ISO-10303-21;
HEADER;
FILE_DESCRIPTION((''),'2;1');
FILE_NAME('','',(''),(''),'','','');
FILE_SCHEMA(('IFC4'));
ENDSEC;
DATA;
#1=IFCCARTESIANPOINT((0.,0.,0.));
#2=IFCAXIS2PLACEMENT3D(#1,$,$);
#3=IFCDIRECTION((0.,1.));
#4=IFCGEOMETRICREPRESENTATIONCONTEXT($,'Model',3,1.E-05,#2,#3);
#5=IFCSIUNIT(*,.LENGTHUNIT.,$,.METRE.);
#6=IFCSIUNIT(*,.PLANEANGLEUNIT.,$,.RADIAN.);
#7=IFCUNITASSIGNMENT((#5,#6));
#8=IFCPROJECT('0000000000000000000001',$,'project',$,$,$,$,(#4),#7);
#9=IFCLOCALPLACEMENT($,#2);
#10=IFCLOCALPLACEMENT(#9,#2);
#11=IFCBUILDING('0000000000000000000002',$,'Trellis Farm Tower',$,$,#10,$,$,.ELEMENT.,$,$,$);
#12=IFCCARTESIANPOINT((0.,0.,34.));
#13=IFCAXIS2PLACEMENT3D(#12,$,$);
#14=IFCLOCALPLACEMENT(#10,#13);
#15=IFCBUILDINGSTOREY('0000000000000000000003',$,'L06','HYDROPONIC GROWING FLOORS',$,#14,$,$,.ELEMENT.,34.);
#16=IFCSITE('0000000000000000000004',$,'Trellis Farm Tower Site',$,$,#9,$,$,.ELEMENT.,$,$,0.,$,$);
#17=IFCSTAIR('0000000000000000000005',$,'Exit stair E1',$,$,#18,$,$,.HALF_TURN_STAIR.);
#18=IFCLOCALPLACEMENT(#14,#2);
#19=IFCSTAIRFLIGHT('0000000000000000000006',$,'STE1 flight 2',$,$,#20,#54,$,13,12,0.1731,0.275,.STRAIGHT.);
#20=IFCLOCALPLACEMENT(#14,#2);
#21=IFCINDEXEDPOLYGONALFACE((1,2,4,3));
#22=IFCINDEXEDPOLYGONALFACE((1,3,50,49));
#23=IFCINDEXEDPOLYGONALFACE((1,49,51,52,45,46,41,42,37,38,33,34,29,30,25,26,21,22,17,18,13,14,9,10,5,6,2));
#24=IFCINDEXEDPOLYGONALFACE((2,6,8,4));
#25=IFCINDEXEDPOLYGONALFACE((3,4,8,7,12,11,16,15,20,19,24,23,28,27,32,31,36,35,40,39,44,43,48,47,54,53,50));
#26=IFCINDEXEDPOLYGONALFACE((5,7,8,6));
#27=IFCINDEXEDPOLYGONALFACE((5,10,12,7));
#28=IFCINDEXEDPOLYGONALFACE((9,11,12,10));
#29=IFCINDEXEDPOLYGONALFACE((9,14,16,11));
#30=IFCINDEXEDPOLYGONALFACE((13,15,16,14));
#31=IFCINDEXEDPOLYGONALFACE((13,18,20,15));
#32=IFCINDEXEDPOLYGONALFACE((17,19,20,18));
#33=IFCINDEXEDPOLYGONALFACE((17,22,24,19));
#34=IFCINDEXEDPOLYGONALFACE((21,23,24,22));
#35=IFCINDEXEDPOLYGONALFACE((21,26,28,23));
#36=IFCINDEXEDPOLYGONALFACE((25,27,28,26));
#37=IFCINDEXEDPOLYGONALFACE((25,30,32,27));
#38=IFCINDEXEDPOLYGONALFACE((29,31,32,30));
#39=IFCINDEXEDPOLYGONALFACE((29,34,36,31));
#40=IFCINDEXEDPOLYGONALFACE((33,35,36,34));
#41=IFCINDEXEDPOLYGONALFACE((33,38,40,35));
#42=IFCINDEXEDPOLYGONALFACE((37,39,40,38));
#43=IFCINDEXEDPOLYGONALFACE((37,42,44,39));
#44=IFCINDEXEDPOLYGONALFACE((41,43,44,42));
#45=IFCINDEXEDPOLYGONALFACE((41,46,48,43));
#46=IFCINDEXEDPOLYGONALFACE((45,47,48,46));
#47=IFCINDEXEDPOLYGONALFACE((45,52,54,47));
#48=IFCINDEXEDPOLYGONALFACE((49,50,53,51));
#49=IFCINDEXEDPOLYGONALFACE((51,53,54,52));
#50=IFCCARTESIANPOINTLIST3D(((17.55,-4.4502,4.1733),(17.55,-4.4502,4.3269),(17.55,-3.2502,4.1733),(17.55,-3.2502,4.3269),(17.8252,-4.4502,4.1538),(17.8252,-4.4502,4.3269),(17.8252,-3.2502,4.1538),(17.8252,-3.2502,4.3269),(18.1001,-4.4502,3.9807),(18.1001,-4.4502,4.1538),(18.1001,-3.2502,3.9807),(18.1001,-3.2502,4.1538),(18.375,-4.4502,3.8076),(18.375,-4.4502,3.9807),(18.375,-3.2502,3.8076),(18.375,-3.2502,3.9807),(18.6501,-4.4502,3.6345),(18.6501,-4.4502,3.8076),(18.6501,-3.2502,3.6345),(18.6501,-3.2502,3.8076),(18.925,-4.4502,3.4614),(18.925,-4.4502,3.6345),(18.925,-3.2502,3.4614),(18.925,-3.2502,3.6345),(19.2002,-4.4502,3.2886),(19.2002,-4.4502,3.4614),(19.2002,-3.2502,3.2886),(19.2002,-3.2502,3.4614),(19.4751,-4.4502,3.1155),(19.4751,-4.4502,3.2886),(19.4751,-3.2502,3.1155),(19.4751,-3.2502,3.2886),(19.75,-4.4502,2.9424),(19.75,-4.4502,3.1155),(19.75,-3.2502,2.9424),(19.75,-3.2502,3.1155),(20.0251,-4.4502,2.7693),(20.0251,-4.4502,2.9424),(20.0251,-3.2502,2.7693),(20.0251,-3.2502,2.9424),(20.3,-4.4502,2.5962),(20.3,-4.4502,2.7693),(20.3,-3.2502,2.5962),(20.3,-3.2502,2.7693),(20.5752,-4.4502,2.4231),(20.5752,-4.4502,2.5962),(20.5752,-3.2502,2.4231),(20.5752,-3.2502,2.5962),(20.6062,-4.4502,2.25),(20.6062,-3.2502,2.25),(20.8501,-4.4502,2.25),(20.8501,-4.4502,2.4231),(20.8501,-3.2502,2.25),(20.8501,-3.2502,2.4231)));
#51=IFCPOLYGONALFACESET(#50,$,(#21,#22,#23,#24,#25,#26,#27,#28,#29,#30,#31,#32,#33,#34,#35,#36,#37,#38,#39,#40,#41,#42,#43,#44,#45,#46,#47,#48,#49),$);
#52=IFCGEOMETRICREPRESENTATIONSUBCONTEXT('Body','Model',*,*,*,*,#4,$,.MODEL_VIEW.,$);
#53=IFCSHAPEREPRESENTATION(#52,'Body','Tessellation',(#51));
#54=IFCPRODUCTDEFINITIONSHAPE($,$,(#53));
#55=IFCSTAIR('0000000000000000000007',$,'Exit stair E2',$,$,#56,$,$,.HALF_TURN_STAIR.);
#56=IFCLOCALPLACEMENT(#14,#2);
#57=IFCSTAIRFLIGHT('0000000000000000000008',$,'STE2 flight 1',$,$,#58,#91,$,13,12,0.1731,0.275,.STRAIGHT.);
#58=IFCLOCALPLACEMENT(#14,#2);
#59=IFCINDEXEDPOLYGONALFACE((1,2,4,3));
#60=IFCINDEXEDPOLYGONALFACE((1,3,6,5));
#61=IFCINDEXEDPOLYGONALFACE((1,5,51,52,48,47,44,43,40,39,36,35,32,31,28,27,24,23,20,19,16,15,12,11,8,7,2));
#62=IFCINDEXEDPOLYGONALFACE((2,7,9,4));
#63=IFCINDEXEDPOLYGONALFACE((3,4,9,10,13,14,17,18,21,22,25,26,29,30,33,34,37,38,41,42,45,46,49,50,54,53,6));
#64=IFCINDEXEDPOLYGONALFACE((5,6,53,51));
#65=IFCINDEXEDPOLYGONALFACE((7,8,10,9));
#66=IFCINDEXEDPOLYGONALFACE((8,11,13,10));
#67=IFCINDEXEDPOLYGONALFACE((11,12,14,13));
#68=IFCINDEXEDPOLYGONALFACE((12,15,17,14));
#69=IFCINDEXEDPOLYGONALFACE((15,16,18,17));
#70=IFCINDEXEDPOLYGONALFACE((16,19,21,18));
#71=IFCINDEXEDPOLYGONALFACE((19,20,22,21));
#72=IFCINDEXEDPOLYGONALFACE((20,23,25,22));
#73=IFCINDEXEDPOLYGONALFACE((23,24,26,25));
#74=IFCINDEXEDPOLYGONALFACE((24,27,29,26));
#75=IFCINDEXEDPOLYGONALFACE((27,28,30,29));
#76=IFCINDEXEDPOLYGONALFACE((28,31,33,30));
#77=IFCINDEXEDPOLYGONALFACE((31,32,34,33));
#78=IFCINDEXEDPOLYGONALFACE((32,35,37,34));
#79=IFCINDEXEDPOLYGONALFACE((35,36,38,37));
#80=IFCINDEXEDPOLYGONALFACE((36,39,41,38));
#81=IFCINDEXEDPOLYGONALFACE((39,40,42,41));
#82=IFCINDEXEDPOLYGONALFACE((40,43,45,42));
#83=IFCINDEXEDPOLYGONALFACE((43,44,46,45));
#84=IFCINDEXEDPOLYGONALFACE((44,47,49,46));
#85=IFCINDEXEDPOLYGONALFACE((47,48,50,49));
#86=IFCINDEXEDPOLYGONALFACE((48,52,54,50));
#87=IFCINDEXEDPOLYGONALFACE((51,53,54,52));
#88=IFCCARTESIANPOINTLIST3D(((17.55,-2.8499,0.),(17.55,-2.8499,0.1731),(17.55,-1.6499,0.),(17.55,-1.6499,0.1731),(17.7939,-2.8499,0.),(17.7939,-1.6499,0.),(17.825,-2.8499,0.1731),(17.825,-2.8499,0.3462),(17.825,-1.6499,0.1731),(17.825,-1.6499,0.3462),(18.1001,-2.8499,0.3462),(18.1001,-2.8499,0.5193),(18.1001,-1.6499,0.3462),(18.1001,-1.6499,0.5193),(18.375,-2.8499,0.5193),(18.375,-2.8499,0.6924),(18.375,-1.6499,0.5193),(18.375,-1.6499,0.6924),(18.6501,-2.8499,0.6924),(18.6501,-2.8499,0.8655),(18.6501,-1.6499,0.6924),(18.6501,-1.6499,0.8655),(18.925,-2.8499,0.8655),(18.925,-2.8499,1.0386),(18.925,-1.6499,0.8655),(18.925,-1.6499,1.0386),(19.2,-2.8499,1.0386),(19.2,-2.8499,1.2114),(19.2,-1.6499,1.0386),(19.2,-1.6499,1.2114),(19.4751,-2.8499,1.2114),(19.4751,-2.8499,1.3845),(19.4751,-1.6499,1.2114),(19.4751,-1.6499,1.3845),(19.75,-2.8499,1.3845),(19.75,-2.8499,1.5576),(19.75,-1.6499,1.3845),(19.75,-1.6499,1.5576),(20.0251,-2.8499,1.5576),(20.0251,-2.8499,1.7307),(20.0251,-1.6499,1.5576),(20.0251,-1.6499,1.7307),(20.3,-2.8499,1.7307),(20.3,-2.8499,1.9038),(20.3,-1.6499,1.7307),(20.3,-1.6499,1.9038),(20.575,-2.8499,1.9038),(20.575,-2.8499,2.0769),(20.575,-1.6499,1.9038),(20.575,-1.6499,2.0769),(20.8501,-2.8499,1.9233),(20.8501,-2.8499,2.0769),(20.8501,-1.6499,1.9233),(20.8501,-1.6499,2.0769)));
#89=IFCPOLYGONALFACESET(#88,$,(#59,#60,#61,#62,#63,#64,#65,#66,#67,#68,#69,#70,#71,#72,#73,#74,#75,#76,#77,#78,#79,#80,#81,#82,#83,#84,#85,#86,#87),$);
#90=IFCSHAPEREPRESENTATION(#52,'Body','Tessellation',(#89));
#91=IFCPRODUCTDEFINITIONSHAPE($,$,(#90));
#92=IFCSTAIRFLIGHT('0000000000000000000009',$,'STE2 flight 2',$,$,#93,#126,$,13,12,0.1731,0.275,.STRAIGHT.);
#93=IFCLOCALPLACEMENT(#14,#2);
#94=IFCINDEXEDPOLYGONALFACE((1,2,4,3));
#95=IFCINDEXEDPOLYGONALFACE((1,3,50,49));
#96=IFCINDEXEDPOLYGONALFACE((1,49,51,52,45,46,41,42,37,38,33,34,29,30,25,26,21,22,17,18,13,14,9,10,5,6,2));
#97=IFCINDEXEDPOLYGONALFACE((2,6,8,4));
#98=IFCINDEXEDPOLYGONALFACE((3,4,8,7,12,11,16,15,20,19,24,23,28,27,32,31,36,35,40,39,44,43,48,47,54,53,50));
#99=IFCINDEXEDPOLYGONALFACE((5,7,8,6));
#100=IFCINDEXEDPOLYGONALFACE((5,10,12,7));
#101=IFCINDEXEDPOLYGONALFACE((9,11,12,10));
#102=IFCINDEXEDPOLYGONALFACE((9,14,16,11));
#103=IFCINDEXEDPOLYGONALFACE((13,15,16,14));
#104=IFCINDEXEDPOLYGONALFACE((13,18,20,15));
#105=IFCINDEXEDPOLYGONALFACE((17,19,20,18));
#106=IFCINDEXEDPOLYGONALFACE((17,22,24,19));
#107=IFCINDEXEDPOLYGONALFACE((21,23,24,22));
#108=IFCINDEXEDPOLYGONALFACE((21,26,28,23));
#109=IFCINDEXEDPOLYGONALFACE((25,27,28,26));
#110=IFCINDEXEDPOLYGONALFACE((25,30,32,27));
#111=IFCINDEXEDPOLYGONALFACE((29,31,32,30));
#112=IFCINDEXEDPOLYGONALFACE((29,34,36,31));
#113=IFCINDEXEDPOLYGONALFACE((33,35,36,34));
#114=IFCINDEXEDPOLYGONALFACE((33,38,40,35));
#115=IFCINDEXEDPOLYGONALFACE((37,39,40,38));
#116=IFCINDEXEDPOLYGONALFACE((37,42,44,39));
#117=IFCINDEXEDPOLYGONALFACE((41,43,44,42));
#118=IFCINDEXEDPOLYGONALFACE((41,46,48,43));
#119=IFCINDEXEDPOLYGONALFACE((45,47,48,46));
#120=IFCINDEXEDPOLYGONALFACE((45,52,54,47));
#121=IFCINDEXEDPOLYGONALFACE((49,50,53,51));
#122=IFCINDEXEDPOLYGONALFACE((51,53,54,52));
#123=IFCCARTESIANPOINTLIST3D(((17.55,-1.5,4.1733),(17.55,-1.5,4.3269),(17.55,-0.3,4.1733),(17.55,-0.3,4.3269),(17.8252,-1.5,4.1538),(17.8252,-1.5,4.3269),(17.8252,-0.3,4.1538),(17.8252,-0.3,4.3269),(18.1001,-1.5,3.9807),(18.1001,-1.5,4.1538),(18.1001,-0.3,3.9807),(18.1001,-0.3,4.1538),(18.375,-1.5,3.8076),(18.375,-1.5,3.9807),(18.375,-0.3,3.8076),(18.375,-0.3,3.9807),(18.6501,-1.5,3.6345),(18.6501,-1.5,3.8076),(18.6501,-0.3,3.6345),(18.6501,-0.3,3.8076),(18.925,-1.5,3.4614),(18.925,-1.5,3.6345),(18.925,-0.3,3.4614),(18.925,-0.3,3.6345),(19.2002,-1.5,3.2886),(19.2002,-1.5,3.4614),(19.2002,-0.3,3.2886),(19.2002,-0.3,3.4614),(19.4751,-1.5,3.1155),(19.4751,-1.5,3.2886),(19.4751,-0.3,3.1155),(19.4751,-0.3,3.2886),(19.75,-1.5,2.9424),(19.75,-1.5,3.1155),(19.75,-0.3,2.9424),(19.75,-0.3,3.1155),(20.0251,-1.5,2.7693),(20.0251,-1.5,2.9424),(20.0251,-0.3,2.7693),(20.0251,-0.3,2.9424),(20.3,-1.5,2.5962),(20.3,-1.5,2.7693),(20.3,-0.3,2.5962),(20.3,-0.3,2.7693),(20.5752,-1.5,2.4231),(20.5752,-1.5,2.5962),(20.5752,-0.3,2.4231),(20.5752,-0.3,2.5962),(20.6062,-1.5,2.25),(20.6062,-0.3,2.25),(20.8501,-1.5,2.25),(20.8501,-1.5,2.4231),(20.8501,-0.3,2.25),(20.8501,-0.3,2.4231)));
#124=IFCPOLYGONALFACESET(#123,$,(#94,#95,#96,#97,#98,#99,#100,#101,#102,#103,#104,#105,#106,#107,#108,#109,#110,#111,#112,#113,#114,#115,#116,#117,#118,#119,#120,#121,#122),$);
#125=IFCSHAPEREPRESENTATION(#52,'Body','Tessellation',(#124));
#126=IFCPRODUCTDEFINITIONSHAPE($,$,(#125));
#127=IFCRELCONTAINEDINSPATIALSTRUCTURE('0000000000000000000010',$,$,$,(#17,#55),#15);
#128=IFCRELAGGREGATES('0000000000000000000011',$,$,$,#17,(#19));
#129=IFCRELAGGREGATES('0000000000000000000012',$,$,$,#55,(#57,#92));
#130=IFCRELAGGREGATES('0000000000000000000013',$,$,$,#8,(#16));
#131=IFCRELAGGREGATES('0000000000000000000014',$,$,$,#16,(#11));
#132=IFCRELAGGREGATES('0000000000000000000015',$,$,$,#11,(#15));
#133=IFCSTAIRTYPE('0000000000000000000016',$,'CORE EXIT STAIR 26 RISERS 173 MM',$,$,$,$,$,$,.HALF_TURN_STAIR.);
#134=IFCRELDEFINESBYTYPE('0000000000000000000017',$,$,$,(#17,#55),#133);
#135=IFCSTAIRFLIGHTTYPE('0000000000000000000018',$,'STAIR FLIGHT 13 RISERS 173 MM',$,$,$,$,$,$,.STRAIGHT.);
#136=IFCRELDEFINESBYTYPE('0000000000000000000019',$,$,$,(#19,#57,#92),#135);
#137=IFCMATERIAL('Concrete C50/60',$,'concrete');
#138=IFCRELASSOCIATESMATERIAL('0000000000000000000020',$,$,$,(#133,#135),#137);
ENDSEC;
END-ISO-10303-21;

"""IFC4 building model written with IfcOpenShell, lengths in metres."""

from ifc_helpers import new_model, si_unit, direction, frame, origin, place, context, subcontext, project, spatial, polyline, outline, extrude, source, transform, mapped, material, type_object, element, aggregate, save


model = new_model("IFC4")

# Units and contexts
model_context = context("Model", 3, precision=1e-05, world=origin(), true_north=direction((0.0, 1.0)))
body_context = subcontext(model_context, "Body", "Model", "MODEL_VIEW")
ifc_project = project(units=[si_unit("LENGTHUNIT", "METRE"), si_unit("PLANEANGLEUNIT", "RADIAN")], contexts=[model_context])

# Site, building, storey
site_placement = place(None, origin())
site = spatial("IfcSite", under=ifc_project, at=site_placement, Name="Trellis Farm Tower Site", CompositionType="ELEMENT", RefElevation=0.0)
building_placement = place(site_placement, origin())
building = spatial("IfcBuilding", under=site, at=building_placement, Name="Trellis Farm Tower", CompositionType="ELEMENT")
storey_placement = place(building_placement, frame((0.0, 0.0, 34.0)))
storey = spatial("IfcBuildingStorey", under=building, at=storey_placement, Name="L06", Description="HYDROPONIC GROWING FLOORS", CompositionType="ELEMENT", Elevation=34.0)

# Shared definitions
placement = place(storey_placement, origin())

# Stair, stair flight
ifc_material_1 = material(Name="Concrete C50/60", Category="concrete")
stair_type = type_object("IfcStairType", Name="CORE EXIT STAIR 26 RISERS 173 MM", PredefinedType="HALF_TURN_STAIR", material=ifc_material_1)
stair_1 = element("IfcStair", 1, at=placement, inside=storey, type_object=stair_type, Name="Exit stair E1", PredefinedType="HALF_TURN_STAIR")
stair_flight_type = type_object("IfcStairFlightType", Name="STAIR FLIGHT 13 RISERS 173 MM", PredefinedType="STRAIGHT", material=ifc_material_1)
shared_shape_1 = source(origin(), body_context, "Body", "SweptSolid", [
    extrude(outline(polyline([(0.0, 0.0), (0.0, 0.1731), (0.2749, 0.1731), (0.2749, 0.3462), (0.55, 0.3462), (0.55, 0.5193), (0.825, 0.5193), (0.825, 0.6924), (1.1001, 0.6924), (1.1001, 0.8655), (1.375, 0.8655), (1.375, 1.0386), (1.6499, 1.0386), (1.6499, 1.2114), (1.925, 1.2114), (1.925, 1.3845), (2.2, 1.3845), (2.2, 1.5576), (2.4751, 1.5576), (2.4751, 1.7307), (2.75, 1.7307), (2.75, 1.9038), (3.0249, 1.9038), (3.0249, 2.0769), (3.3, 2.0769), (3.3, 2.25), (3.3, 1.9233), (0.2439, 0.0), (0.0, 0.0)])), frame((0.0, 0.6001, 0.0), z_axis=(0.0, -1.0, 0.0), x_axis=(1.0, 0.0, 0.0)), (0.0, 0.0, 1.0), 1.2),
])
stair_flight_1_placement = place(storey_placement, frame((20.8501, -3.8501, 2.25), z_axis=(0.0, 0.0, 1.0), x_axis=(-1.0, 0.0, 0.0)))
stair_flight_1 = element("IfcStairFlight", 2, at=stair_flight_1_placement, type_object=stair_flight_type, Name="STE1 flight 2", NumberOfRisers=13, NumberOfTreads=12, PredefinedType="STRAIGHT", RiserHeight=0.1731, TreadLength=0.275, context=body_context, shape_type="MappedRepresentation", body=[
    mapped(shared_shape_1, transform((0.0, 0.0, 0.0))),
])
aggregate(stair_1, [stair_flight_1])

# Stair, stair flights
stair_2 = element("IfcStair", 3, at=placement, inside=storey, type_object=stair_type, Name="Exit stair E2", PredefinedType="HALF_TURN_STAIR")
stair_flight_2_placement = place(storey_placement, frame((17.55, -2.25, 0.0), z_axis=(0.0, 0.0, 1.0), x_axis=(1.0, 0.0, 0.0)))
stair_flight_2 = element("IfcStairFlight", 4, at=stair_flight_2_placement, type_object=stair_flight_type, Name="STE2 flight 1", NumberOfRisers=13, NumberOfTreads=12, PredefinedType="STRAIGHT", RiserHeight=0.1731, TreadLength=0.275, context=body_context, shape_type="MappedRepresentation", body=[
    mapped(shared_shape_1, transform((0.0, 0.0, 0.0))),
])
stair_flight_3_placement = place(storey_placement, frame((20.8501, -0.8999, 2.25), z_axis=(0.0, 0.0, 1.0), x_axis=(-1.0, 0.0, 0.0)))
stair_flight_3 = element("IfcStairFlight", 5, at=stair_flight_3_placement, type_object=stair_flight_type, Name="STE2 flight 2", NumberOfRisers=13, NumberOfTreads=12, PredefinedType="STRAIGHT", RiserHeight=0.1731, TreadLength=0.275, context=body_context, shape_type="MappedRepresentation", body=[
    mapped(shared_shape_1, transform((0.0, 0.0, 0.0))),
])
aggregate(stair_2, [stair_flight_2, stair_flight_3])

save(model, "model.ifc")
